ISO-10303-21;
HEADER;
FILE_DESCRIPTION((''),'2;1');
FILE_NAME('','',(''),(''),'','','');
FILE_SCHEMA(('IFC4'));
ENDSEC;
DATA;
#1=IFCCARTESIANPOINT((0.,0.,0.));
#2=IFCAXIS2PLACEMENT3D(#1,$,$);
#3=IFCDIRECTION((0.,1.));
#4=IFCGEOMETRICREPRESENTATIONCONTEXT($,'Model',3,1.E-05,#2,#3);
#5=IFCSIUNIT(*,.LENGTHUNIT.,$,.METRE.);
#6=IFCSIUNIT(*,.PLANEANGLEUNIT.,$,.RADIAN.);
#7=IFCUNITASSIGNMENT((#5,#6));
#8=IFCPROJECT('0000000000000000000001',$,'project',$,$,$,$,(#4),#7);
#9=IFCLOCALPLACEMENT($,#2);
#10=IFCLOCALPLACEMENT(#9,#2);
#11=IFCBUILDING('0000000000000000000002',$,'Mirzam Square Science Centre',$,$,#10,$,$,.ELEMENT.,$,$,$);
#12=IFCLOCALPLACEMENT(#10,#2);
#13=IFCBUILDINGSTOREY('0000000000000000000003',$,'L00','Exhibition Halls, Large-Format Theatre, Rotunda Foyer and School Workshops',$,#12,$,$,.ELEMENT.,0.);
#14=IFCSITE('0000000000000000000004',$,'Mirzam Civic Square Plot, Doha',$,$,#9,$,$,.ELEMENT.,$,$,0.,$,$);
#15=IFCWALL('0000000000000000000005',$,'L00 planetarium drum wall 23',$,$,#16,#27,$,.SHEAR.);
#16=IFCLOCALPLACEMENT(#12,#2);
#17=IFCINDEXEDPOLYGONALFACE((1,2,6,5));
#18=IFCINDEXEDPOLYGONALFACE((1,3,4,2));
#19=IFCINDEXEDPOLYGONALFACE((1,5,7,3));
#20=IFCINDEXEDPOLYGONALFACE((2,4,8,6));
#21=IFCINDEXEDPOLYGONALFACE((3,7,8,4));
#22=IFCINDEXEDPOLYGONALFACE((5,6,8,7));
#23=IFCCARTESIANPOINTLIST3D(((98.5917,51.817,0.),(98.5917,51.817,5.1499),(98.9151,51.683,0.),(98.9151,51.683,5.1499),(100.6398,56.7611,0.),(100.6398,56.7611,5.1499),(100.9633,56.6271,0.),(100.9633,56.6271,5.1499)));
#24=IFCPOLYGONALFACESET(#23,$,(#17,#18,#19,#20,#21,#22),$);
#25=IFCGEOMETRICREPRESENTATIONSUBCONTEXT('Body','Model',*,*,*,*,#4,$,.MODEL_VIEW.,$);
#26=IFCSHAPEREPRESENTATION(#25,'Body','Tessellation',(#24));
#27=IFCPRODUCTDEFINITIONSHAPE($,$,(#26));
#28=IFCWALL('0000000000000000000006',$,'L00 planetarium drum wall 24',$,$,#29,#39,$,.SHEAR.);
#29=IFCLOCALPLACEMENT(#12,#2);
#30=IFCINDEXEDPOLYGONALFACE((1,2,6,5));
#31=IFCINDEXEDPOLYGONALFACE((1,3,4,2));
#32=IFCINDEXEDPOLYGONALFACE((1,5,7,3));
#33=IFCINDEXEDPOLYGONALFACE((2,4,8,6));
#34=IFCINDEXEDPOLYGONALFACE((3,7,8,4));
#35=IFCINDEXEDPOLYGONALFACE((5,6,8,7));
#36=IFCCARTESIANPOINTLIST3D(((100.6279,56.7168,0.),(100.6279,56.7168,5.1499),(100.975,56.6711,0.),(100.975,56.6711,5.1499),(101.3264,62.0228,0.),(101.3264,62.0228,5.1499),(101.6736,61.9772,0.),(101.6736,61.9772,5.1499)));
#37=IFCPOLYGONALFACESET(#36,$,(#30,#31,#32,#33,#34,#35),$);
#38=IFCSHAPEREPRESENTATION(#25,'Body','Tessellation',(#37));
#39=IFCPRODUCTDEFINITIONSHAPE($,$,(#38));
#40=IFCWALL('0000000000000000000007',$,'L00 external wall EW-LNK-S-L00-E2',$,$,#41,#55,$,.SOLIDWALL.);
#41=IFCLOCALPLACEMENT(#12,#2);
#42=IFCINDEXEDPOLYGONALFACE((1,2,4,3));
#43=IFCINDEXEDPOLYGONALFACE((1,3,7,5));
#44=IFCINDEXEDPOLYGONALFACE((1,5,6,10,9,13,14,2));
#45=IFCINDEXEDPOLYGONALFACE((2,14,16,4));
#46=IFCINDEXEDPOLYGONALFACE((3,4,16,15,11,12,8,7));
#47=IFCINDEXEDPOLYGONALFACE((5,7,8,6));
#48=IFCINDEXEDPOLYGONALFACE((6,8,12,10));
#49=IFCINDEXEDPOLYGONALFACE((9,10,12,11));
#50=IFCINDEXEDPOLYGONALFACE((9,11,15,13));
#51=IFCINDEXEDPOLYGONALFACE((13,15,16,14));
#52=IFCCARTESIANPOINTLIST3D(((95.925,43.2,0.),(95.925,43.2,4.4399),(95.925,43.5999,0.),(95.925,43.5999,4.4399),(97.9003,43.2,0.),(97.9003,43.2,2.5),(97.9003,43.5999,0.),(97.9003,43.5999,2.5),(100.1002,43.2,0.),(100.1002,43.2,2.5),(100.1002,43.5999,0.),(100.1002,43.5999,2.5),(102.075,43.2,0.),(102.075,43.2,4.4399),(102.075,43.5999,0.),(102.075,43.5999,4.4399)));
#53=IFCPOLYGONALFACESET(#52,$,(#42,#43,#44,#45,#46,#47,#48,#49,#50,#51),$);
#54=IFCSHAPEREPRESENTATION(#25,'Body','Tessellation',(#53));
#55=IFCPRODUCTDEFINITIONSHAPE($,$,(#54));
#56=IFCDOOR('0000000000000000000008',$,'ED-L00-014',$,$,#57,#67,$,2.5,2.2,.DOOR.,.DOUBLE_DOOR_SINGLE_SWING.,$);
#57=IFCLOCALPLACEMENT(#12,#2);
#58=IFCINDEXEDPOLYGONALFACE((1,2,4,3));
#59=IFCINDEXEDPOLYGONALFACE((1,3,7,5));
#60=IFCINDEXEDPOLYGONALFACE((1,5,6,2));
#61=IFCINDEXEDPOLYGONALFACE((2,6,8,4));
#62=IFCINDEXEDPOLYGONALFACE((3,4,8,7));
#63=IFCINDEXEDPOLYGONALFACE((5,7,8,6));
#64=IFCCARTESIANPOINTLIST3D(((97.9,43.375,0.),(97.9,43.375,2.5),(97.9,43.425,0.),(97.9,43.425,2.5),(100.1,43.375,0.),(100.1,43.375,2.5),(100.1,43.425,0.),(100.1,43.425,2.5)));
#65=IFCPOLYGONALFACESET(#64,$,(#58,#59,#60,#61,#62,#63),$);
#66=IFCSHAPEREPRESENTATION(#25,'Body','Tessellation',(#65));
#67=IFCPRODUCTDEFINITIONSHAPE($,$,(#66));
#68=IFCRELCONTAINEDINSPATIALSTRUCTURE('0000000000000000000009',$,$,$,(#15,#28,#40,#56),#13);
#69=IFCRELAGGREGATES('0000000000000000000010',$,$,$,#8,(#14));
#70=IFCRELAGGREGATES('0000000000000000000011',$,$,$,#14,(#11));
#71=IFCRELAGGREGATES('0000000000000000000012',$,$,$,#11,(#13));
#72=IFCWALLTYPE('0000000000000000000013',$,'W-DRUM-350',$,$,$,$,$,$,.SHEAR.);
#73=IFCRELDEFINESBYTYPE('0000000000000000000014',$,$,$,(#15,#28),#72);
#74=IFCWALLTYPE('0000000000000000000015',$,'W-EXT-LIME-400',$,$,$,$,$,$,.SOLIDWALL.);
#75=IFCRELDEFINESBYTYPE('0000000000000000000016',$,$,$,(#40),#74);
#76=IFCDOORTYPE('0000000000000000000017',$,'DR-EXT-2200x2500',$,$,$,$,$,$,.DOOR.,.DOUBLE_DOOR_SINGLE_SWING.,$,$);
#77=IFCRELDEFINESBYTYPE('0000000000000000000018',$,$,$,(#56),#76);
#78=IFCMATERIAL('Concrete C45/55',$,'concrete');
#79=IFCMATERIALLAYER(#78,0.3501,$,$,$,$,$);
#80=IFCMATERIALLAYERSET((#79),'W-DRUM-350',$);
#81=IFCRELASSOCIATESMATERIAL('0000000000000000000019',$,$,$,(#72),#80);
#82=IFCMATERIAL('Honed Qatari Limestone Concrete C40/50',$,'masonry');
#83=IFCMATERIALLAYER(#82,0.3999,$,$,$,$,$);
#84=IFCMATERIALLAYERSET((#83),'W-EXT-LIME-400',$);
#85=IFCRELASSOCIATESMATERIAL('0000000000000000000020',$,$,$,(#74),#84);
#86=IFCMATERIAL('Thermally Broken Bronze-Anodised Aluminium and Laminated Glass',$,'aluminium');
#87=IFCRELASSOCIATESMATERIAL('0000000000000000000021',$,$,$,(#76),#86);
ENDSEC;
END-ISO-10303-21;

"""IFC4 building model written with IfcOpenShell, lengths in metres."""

from ifc_helpers import new_model, si_unit, direction, frame, frame_2d, origin, place, context, subcontext, project, spatial, rectangle, extrude, material, layer, layer_set, type_object, element, fill, save


model = new_model("IFC4")

# Units and contexts
model_context = context("Model", 3, precision=1e-05, world=origin(), true_north=direction((0.0, 1.0)))
body_context = subcontext(model_context, "Body", "Model", "MODEL_VIEW")
ifc_project = project(units=[si_unit("LENGTHUNIT", "METRE"), si_unit("PLANEANGLEUNIT", "RADIAN")], contexts=[model_context])

# Site, building, storey
site_placement = place(None, origin())
site = spatial("IfcSite", under=ifc_project, at=site_placement, Name="Mirzam Civic Square Plot, Doha", CompositionType="ELEMENT", RefElevation=0.0)
building_placement = place(site_placement, origin())
building = spatial("IfcBuilding", under=site, at=building_placement, Name="Mirzam Square Science Centre", CompositionType="ELEMENT")
storey_placement = place(building_placement, origin())
storey = spatial("IfcBuildingStorey", under=building, at=storey_placement, Name="L00", Description="Exhibition Halls, Large-Format Theatre, Rotunda Foyer and School Workshops", CompositionType="ELEMENT", Elevation=0.0)

# Shared definitions
ifc_material_1 = material(Name="Concrete C45/55", Category="concrete")

# Walls
ifc_layer_1 = layer(ifc_material_1, 0.3501)
ifc_layer_set_1 = layer_set([ifc_layer_1], Name="W-DRUM-350")
wall_type_1 = type_object("IfcWallType", Name="W-DRUM-350", PredefinedType="SHEAR", material=ifc_layer_set_1)
for number, where, z_axis, x_axis, name in (
    (1, (98.7534, 51.75, 0.0), (0.0, 0.0, 1.0), (0.382713, 0.923867, 0.0), "L00 planetarium drum wall 23"),
):
    element("IfcWall", number, at=place(storey_placement, frame(where, z_axis=z_axis, x_axis=x_axis)), inside=storey, type_object=wall_type_1, Name=name, PredefinedType="SHEAR", context=body_context, shape_type="SweptSolid", body=[
        extrude(rectangle(XDim=5.3516, YDim=0.3501, at=frame_2d((2.6758, 0.0))), origin(), (0.0, 0.0, 1.0), 5.1499),
    ])
wall_1_placement = place(storey_placement, frame((100.8015, 56.6941, 0.0), z_axis=(0.0, 0.0, 1.0), x_axis=(0.130517, 0.991446, 0.0)))
element("IfcWall", 2, at=wall_1_placement, inside=storey, type_object=wall_type_1, Name="L00 planetarium drum wall 24", PredefinedType="SHEAR", context=body_context, shape_type="SweptSolid", body=[
    extrude(rectangle(XDim=5.3518, YDim=0.3501, at=frame_2d((2.6758, 0.0))), origin(), (0.0, 0.0, 1.0), 5.1499),
])

# Wall, opening, door
ifc_material_2 = material(Name="Honed Qatari Limestone Concrete C40/50", Category="masonry")
ifc_layer_2 = layer(ifc_material_2, 0.3999)
ifc_layer_set_2 = layer_set([ifc_layer_2], Name="W-EXT-LIME-400")
wall_type_2 = type_object("IfcWallType", Name="W-EXT-LIME-400", PredefinedType="SOLIDWALL", material=ifc_layer_set_2)
wall_2_placement = place(storey_placement, frame((95.925, 43.3999, 0.0), z_axis=(0.0, 0.0, 1.0), x_axis=(1.0, 0.0, 0.0)))
wall_2 = element("IfcWall", 3, at=wall_2_placement, inside=storey, type_object=wall_type_2, Name="L00 external wall EW-LNK-S-L00-E2", PredefinedType="SOLIDWALL", context=body_context, shape_type="SweptSolid", body=[
    extrude(rectangle(XDim=6.1499, YDim=0.3999, at=frame_2d((3.075, 0.0))), origin(), (0.0, 0.0, 1.0), 4.4399),
])
opening_placement = place(wall_2_placement, frame((1.9751, 0.0, 0.0)))
opening = element("IfcOpeningElement", 4, at=opening_placement, cuts=wall_2, PredefinedType="OPENING", context=body_context, shape_type="SweptSolid", body=[
    extrude(rectangle(XDim=2.2, YDim=2.5, at=frame_2d((1.1001, 1.25))), frame((0.0, 0.21, 0.0), z_axis=(0.0, -1.0, 0.0), x_axis=(1.0, 0.0, 0.0)), (0.0, 0.0, 1.0), 0.4199),
])
ifc_material_3 = material(Name="Thermally Broken Bronze-Anodised Aluminium and Laminated Glass", Category="aluminium")
door_type = type_object("IfcDoorType", Name="DR-EXT-2200x2500", OperationType="DOUBLE_DOOR_SINGLE_SWING", PredefinedType="DOOR", material=ifc_material_3)
door_placement = place(opening_placement, frame((2.2, 0.0, 0.0), z_axis=(0.0, 0.0, 1.0), x_axis=(-1.0, 0.0, 0.0)))
door = element("IfcDoor", 5, at=door_placement, inside=storey, type_object=door_type, Name="ED-L00-014", OperationType="DOUBLE_DOOR_SINGLE_SWING", OverallHeight=2.5, OverallWidth=2.2, PredefinedType="DOOR", context=body_context, shape_type="SweptSolid", body=[
    extrude(rectangle(XDim=2.2, YDim=2.5, at=frame_2d((1.1001, 1.25))), frame((0.0, 0.0249, 0.0), z_axis=(0.0, -1.0, 0.0), x_axis=(1.0, 0.0, 0.0)), (0.0, 0.0, 1.0), 0.05),
])
fill(opening, door)

save(model, "model.ifc")
